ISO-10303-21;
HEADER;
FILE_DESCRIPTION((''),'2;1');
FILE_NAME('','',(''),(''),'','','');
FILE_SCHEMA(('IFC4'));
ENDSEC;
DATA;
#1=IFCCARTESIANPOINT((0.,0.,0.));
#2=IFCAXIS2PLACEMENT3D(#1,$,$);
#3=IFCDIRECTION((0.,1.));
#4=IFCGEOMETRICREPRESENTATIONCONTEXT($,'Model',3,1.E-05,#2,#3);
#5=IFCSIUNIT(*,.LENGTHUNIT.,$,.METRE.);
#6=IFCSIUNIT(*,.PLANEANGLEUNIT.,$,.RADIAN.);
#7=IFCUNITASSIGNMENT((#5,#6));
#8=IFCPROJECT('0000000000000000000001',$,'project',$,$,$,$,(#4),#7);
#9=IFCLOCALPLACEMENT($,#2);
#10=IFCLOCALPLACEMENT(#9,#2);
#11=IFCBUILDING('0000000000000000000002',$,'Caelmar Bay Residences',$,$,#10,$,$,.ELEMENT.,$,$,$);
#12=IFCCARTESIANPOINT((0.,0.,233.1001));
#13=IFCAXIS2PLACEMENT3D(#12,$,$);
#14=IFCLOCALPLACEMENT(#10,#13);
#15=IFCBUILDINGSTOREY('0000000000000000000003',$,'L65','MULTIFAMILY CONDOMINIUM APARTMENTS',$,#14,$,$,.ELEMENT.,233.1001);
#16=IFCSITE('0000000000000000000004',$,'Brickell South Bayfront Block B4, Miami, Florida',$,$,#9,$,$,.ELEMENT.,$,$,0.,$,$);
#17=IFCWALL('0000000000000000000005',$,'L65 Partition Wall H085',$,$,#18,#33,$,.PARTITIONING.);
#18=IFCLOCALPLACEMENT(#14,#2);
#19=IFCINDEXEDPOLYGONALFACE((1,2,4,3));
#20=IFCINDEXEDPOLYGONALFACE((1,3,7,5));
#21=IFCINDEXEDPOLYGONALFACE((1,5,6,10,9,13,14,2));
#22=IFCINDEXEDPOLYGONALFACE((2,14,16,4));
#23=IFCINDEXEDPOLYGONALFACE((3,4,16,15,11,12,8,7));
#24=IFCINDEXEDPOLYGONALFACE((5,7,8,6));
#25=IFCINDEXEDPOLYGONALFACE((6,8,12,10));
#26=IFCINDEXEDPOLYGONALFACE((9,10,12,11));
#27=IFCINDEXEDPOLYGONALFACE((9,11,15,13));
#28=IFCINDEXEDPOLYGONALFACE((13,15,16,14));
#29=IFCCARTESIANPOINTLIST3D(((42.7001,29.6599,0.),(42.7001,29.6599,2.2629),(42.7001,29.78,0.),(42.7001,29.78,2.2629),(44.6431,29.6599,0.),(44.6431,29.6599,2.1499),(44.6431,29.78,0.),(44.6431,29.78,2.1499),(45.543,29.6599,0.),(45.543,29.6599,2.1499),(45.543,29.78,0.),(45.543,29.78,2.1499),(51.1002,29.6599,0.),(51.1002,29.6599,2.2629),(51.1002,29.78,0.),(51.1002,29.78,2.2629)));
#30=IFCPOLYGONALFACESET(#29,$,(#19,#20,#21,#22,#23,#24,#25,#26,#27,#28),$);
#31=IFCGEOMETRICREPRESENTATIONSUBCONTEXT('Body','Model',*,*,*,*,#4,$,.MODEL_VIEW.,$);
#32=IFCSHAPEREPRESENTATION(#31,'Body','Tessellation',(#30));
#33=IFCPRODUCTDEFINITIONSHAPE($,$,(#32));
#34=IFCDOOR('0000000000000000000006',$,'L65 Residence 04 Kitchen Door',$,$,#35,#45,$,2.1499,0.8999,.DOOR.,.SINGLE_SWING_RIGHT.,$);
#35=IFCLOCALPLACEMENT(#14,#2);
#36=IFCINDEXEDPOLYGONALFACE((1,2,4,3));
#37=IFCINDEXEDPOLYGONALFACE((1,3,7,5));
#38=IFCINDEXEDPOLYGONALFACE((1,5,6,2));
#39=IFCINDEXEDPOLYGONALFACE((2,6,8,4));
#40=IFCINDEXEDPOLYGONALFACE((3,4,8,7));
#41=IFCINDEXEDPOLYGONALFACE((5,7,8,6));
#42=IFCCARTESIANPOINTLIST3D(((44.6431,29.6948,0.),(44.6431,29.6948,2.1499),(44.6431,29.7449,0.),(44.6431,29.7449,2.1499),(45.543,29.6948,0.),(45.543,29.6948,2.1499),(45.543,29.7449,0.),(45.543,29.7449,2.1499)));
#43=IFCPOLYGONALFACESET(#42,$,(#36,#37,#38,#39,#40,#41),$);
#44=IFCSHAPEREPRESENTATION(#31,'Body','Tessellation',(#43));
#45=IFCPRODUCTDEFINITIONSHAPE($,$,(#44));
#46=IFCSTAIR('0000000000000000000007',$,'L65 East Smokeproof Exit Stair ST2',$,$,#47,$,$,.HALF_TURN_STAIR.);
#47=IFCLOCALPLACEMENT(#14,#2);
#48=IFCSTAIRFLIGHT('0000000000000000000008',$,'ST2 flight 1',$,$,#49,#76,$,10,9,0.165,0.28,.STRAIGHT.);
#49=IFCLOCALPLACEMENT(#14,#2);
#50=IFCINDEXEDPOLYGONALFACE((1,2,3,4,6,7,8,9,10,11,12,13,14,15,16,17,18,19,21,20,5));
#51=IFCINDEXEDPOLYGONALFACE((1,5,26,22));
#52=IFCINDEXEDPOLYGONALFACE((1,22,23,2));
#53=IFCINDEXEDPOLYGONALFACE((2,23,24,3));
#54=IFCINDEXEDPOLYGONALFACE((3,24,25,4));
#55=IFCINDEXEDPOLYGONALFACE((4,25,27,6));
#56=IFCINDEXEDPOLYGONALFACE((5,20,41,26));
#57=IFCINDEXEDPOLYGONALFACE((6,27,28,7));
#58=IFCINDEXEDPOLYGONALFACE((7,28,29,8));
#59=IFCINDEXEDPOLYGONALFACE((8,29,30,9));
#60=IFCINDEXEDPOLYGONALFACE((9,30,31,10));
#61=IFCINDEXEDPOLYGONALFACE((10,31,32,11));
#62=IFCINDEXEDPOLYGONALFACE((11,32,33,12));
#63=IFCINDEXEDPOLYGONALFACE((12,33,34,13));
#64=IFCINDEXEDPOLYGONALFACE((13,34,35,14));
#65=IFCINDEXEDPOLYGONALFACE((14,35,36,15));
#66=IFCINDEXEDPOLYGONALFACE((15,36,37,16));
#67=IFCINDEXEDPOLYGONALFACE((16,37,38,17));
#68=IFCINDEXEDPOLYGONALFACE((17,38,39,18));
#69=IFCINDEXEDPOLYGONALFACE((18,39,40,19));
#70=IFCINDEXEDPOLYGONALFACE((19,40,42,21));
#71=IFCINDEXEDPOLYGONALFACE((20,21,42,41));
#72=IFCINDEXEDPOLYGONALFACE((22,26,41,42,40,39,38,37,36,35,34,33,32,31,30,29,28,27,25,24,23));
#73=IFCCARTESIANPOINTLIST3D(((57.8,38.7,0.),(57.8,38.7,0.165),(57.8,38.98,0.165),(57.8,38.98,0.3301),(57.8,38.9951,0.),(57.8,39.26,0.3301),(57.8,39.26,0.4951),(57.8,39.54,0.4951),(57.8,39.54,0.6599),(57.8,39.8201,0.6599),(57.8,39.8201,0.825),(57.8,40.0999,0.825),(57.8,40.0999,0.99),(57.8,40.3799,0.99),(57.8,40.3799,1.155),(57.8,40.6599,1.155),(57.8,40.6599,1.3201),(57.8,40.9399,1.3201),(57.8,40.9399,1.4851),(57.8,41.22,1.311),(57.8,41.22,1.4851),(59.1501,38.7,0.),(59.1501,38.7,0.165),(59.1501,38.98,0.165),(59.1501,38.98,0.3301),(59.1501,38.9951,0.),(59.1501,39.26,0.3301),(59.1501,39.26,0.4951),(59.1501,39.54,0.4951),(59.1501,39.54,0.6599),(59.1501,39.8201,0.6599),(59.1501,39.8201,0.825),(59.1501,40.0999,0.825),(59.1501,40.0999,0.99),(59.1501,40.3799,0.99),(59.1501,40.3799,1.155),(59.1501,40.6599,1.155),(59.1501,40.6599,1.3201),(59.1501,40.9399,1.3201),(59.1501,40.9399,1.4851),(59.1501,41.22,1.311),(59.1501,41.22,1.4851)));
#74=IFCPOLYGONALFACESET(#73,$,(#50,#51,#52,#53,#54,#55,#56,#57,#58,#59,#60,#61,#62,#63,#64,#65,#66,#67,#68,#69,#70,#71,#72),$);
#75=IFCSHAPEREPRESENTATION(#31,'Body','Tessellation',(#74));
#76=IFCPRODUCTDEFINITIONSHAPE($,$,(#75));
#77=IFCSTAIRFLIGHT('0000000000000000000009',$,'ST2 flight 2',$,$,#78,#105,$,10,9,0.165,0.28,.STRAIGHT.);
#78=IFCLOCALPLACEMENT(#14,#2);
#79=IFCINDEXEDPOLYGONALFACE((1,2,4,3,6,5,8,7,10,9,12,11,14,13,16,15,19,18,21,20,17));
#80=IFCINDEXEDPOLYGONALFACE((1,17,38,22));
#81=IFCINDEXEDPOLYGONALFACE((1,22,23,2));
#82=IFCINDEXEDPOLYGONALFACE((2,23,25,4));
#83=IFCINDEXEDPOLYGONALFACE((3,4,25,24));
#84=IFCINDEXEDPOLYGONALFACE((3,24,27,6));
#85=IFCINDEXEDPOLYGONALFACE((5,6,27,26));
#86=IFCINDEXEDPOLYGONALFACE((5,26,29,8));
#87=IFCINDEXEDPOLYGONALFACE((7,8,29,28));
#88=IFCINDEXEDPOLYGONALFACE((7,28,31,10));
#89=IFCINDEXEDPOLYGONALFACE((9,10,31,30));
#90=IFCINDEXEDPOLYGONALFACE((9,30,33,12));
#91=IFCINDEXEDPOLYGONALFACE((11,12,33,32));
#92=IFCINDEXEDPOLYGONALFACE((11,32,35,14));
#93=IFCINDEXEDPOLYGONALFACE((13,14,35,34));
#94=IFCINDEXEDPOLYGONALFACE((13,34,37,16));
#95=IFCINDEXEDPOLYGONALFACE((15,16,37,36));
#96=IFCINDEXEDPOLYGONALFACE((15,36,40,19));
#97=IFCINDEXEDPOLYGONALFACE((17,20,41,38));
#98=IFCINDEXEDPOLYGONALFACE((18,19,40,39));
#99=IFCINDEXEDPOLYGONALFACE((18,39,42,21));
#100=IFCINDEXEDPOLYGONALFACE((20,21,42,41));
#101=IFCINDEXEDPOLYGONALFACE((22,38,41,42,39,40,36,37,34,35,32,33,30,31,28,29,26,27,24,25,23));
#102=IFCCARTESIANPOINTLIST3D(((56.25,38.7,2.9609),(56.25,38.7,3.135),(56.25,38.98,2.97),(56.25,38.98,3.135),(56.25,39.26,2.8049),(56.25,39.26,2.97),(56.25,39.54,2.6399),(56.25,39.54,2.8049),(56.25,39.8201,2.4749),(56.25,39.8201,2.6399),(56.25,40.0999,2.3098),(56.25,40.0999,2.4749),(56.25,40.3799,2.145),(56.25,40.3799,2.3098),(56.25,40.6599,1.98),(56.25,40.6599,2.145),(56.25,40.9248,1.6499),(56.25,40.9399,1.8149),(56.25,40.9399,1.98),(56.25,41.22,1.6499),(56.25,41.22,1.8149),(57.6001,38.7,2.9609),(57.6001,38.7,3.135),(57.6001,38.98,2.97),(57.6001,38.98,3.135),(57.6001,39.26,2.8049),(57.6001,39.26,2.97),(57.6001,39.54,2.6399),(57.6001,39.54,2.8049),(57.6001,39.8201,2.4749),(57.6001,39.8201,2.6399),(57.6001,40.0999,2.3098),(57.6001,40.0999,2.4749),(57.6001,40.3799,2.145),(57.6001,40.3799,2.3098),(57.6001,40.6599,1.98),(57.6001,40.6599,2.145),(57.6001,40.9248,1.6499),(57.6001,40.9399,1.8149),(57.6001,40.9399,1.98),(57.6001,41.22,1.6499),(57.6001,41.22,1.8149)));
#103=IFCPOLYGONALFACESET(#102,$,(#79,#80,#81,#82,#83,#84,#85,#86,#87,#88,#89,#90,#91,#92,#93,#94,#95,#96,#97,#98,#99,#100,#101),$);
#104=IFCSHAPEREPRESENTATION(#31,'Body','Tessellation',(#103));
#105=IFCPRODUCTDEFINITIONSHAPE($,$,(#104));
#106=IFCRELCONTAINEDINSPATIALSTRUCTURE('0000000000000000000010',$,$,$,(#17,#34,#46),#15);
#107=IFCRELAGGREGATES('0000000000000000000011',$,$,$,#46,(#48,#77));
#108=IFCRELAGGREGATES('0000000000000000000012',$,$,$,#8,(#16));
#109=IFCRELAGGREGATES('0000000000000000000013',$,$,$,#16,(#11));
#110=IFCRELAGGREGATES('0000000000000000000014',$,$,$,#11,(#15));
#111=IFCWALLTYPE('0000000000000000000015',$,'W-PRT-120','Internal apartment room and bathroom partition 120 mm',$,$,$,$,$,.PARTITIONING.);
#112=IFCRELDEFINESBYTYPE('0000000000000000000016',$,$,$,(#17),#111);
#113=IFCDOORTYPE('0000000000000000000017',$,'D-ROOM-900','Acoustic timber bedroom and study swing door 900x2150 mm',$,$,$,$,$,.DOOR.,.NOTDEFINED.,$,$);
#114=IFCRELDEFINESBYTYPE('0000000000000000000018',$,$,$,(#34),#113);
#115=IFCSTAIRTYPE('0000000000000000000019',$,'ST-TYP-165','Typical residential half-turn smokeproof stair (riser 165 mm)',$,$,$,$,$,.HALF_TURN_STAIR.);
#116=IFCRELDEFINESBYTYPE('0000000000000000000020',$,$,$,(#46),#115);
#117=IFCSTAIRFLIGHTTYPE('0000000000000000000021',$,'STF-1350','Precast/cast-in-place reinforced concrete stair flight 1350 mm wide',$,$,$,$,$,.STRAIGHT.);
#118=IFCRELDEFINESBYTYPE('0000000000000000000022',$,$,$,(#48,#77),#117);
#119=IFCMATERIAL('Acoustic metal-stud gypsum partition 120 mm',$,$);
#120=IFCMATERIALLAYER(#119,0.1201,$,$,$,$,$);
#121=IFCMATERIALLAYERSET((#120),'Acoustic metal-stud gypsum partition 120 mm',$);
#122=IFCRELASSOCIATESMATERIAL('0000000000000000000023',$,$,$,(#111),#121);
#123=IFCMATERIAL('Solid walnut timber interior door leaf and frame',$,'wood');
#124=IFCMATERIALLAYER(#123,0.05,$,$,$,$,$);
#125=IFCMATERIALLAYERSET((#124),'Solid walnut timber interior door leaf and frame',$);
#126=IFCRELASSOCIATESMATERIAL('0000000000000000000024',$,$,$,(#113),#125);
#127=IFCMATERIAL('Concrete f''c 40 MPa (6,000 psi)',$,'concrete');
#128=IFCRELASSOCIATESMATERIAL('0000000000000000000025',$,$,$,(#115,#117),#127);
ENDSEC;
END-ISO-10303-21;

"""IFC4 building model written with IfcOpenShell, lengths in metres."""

from ifc_helpers import new_model, si_unit, direction, frame, frame_2d, origin, place, context, subcontext, project, spatial, polyline, rectangle, outline, extrude, material, layer, layer_set, type_object, element, fill, aggregate, save


model = new_model("IFC4")

# Units and contexts
model_context = context("Model", 3, precision=1e-05, world=origin(), true_north=direction((0.0, 1.0)))
body_context = subcontext(model_context, "Body", "Model", "MODEL_VIEW")
ifc_project = project(units=[si_unit("LENGTHUNIT", "METRE"), si_unit("PLANEANGLEUNIT", "RADIAN")], contexts=[model_context])

# Site, building, storey
site_placement = place(None, origin())
site = spatial("IfcSite", under=ifc_project, at=site_placement, Name="Brickell South Bayfront Block B4, Miami, Florida", CompositionType="ELEMENT", RefElevation=0.0)
building_placement = place(site_placement, origin())
building = spatial("IfcBuilding", under=site, at=building_placement, Name="Caelmar Bay Residences", CompositionType="ELEMENT")
storey_placement = place(building_placement, frame((0.0, 0.0, 233.1001)))
storey = spatial("IfcBuildingStorey", under=building, at=storey_placement, Name="L65", Description="MULTIFAMILY CONDOMINIUM APARTMENTS", CompositionType="ELEMENT", Elevation=233.1001)

# Shared definitions
ifc_material_1 = material(Name="Acoustic metal-stud gypsum partition 120 mm")
ifc_layer_1 = layer(ifc_material_1, 0.1201)
ifc_layer_set_1 = layer_set([ifc_layer_1], Name="Acoustic metal-stud gypsum partition 120 mm")
wall_type_1 = type_object("IfcWallType", Name="W-PRT-120", Description="Internal apartment room and bathroom partition 120 mm", PredefinedType="PARTITIONING", material=ifc_layer_set_1)

# Wall, opening, door
ifc_material_2 = material(Name="Solid walnut timber interior door leaf and frame", Category="wood")
wall_1_placement = place(storey_placement, frame((42.7, 29.72, 0.0), z_axis=(0.0, 0.0, 1.0), x_axis=(1.0, 0.0, 0.0)))
wall_1 = element("IfcWall", 1, at=wall_1_placement, inside=storey, type_object=wall_type_1, Name="L65 Partition Wall H085", PredefinedType="PARTITIONING", context=body_context, shape_type="SweptSolid", body=[
    extrude(rectangle(XDim=8.4001, YDim=0.1201, at=frame_2d((4.2002, 0.0))), origin(), (0.0, 0.0, 1.0), 2.2629),
])
opening_1_placement = place(wall_1_placement, frame((1.9431, 0.0, 0.0)))
opening_1 = element("IfcOpeningElement", 2, at=opening_1_placement, cuts=wall_1, PredefinedType="OPENING", context=body_context, shape_type="SweptSolid", body=[
    extrude(rectangle(XDim=0.8999, YDim=2.1499, at=frame_2d((0.45, 1.075))), frame((0.0, 0.0701, 0.0), z_axis=(0.0, -1.0, 0.0), x_axis=(1.0, 0.0, 0.0)), (0.0, 0.0, 1.0), 0.1401),
])
ifc_layer_2 = layer(ifc_material_2, 0.05)
ifc_layer_set_2 = layer_set([ifc_layer_2], Name="Solid walnut timber interior door leaf and frame")
door_type_1 = type_object("IfcDoorType", Name="D-ROOM-900", Description="Acoustic timber bedroom and study swing door 900x2150 mm", OperationType="NOTDEFINED", PredefinedType="DOOR", material=ifc_layer_set_2)
door_1_placement = place(opening_1_placement, origin())
door_1 = element("IfcDoor", 3, at=door_1_placement, inside=storey, type_object=door_type_1, Name="L65 Residence 04 Kitchen Door", OperationType="SINGLE_SWING_RIGHT", OverallHeight=2.1499, OverallWidth=0.8999, PredefinedType="DOOR", context=body_context, shape_type="SweptSolid", body=[
    extrude(rectangle(XDim=0.8999, YDim=2.1499, at=frame_2d((0.45, 1.075))), frame((0.0, 0.0249, 0.0), z_axis=(0.0, -1.0, 0.0), x_axis=(1.0, 0.0, 0.0)), (0.0, 0.0, 1.0), 0.05),
])
fill(opening_1, door_1)

# Stair, stair flights
ifc_material_3 = material(Name="Concrete f'c 40 MPa (6,000 psi)", Category="concrete")
stair_type = type_object("IfcStairType", Name="ST-TYP-165", Description="Typical residential half-turn smokeproof stair (riser 165 mm)", PredefinedType="HALF_TURN_STAIR", material=ifc_material_3)
stair_placement = place(storey_placement, origin())
stair = element("IfcStair", 4, at=stair_placement, inside=storey, type_object=stair_type, Name="L65 East Smokeproof Exit Stair ST2", PredefinedType="HALF_TURN_STAIR")
stair_flight_type = type_object("IfcStairFlightType", Name="STF-1350", Description="Precast/cast-in-place reinforced concrete stair flight 1350 mm wide", PredefinedType="STRAIGHT", material=ifc_material_3)
stair_flight_1_placement = place(storey_placement, frame((58.4751, 38.7, 0.0), z_axis=(0.0, 0.0, 1.0), x_axis=(0.0, 1.0, 0.0)))
stair_flight_1 = element("IfcStairFlight", 5, at=stair_flight_1_placement, type_object=stair_flight_type, Name="ST2 flight 1", NumberOfRisers=10, NumberOfTreads=9, PredefinedType="STRAIGHT", RiserHeight=0.165, TreadLength=0.28, context=body_context, shape_type="SweptSolid", body=[
    extrude(outline(polyline([(0.0, 0.0), (0.0, 0.165), (0.28, 0.165), (0.28, 0.3301), (0.5601, 0.3301), (0.5601, 0.4951), (0.8401, 0.4951), (0.8401, 0.6599), (1.1201, 0.6599), (1.1201, 0.825), (1.3999, 0.825), (1.3999, 0.99), (1.6799, 0.99), (1.6799, 1.155), (1.96, 1.155), (1.96, 1.3201), (2.24, 1.3201), (2.24, 1.4851), (2.52, 1.4851), (2.52, 1.6499), (2.52, 1.311), (0.2952, 0.0), (0.0, 0.0)])), frame((0.0, 0.675, 0.0), z_axis=(0.0, -1.0, 0.0), x_axis=(1.0, 0.0, 0.0)), (0.0, 0.0, 1.0), 1.3501),
])
stair_flight_2_placement = place(storey_placement, frame((56.925, 41.22, 1.6499), z_axis=(0.0, 0.0, 1.0), x_axis=(0.0, -1.0, 0.0)))
stair_flight_2 = element("IfcStairFlight", 6, at=stair_flight_2_placement, type_object=stair_flight_type, Name="ST2 flight 2", NumberOfRisers=10, NumberOfTreads=9, PredefinedType="STRAIGHT", RiserHeight=0.165, TreadLength=0.28, context=body_context, shape_type="SweptSolid", body=[
    extrude(outline(polyline([(0.0, 0.0), (0.0, 0.165), (0.28, 0.165), (0.28, 0.3301), (0.5601, 0.3301), (0.5601, 0.4951), (0.8401, 0.4951), (0.8401, 0.6599), (1.1201, 0.6599), (1.1201, 0.825), (1.3999, 0.825), (1.3999, 0.99), (1.6799, 0.99), (1.6799, 1.155), (1.96, 1.155), (1.96, 1.3201), (2.24, 1.3201), (2.24, 1.4851), (2.52, 1.4851), (2.52, 1.6499), (2.52, 1.311), (0.2952, 0.0), (0.0, 0.0)])), frame((0.0, 0.675, 0.0), z_axis=(0.0, -1.0, 0.0), x_axis=(1.0, 0.0, 0.0)), (0.0, 0.0, 1.0), 1.3501),
])
aggregate(stair, [stair_flight_1, stair_flight_2])

save(model, "model.ifc")
